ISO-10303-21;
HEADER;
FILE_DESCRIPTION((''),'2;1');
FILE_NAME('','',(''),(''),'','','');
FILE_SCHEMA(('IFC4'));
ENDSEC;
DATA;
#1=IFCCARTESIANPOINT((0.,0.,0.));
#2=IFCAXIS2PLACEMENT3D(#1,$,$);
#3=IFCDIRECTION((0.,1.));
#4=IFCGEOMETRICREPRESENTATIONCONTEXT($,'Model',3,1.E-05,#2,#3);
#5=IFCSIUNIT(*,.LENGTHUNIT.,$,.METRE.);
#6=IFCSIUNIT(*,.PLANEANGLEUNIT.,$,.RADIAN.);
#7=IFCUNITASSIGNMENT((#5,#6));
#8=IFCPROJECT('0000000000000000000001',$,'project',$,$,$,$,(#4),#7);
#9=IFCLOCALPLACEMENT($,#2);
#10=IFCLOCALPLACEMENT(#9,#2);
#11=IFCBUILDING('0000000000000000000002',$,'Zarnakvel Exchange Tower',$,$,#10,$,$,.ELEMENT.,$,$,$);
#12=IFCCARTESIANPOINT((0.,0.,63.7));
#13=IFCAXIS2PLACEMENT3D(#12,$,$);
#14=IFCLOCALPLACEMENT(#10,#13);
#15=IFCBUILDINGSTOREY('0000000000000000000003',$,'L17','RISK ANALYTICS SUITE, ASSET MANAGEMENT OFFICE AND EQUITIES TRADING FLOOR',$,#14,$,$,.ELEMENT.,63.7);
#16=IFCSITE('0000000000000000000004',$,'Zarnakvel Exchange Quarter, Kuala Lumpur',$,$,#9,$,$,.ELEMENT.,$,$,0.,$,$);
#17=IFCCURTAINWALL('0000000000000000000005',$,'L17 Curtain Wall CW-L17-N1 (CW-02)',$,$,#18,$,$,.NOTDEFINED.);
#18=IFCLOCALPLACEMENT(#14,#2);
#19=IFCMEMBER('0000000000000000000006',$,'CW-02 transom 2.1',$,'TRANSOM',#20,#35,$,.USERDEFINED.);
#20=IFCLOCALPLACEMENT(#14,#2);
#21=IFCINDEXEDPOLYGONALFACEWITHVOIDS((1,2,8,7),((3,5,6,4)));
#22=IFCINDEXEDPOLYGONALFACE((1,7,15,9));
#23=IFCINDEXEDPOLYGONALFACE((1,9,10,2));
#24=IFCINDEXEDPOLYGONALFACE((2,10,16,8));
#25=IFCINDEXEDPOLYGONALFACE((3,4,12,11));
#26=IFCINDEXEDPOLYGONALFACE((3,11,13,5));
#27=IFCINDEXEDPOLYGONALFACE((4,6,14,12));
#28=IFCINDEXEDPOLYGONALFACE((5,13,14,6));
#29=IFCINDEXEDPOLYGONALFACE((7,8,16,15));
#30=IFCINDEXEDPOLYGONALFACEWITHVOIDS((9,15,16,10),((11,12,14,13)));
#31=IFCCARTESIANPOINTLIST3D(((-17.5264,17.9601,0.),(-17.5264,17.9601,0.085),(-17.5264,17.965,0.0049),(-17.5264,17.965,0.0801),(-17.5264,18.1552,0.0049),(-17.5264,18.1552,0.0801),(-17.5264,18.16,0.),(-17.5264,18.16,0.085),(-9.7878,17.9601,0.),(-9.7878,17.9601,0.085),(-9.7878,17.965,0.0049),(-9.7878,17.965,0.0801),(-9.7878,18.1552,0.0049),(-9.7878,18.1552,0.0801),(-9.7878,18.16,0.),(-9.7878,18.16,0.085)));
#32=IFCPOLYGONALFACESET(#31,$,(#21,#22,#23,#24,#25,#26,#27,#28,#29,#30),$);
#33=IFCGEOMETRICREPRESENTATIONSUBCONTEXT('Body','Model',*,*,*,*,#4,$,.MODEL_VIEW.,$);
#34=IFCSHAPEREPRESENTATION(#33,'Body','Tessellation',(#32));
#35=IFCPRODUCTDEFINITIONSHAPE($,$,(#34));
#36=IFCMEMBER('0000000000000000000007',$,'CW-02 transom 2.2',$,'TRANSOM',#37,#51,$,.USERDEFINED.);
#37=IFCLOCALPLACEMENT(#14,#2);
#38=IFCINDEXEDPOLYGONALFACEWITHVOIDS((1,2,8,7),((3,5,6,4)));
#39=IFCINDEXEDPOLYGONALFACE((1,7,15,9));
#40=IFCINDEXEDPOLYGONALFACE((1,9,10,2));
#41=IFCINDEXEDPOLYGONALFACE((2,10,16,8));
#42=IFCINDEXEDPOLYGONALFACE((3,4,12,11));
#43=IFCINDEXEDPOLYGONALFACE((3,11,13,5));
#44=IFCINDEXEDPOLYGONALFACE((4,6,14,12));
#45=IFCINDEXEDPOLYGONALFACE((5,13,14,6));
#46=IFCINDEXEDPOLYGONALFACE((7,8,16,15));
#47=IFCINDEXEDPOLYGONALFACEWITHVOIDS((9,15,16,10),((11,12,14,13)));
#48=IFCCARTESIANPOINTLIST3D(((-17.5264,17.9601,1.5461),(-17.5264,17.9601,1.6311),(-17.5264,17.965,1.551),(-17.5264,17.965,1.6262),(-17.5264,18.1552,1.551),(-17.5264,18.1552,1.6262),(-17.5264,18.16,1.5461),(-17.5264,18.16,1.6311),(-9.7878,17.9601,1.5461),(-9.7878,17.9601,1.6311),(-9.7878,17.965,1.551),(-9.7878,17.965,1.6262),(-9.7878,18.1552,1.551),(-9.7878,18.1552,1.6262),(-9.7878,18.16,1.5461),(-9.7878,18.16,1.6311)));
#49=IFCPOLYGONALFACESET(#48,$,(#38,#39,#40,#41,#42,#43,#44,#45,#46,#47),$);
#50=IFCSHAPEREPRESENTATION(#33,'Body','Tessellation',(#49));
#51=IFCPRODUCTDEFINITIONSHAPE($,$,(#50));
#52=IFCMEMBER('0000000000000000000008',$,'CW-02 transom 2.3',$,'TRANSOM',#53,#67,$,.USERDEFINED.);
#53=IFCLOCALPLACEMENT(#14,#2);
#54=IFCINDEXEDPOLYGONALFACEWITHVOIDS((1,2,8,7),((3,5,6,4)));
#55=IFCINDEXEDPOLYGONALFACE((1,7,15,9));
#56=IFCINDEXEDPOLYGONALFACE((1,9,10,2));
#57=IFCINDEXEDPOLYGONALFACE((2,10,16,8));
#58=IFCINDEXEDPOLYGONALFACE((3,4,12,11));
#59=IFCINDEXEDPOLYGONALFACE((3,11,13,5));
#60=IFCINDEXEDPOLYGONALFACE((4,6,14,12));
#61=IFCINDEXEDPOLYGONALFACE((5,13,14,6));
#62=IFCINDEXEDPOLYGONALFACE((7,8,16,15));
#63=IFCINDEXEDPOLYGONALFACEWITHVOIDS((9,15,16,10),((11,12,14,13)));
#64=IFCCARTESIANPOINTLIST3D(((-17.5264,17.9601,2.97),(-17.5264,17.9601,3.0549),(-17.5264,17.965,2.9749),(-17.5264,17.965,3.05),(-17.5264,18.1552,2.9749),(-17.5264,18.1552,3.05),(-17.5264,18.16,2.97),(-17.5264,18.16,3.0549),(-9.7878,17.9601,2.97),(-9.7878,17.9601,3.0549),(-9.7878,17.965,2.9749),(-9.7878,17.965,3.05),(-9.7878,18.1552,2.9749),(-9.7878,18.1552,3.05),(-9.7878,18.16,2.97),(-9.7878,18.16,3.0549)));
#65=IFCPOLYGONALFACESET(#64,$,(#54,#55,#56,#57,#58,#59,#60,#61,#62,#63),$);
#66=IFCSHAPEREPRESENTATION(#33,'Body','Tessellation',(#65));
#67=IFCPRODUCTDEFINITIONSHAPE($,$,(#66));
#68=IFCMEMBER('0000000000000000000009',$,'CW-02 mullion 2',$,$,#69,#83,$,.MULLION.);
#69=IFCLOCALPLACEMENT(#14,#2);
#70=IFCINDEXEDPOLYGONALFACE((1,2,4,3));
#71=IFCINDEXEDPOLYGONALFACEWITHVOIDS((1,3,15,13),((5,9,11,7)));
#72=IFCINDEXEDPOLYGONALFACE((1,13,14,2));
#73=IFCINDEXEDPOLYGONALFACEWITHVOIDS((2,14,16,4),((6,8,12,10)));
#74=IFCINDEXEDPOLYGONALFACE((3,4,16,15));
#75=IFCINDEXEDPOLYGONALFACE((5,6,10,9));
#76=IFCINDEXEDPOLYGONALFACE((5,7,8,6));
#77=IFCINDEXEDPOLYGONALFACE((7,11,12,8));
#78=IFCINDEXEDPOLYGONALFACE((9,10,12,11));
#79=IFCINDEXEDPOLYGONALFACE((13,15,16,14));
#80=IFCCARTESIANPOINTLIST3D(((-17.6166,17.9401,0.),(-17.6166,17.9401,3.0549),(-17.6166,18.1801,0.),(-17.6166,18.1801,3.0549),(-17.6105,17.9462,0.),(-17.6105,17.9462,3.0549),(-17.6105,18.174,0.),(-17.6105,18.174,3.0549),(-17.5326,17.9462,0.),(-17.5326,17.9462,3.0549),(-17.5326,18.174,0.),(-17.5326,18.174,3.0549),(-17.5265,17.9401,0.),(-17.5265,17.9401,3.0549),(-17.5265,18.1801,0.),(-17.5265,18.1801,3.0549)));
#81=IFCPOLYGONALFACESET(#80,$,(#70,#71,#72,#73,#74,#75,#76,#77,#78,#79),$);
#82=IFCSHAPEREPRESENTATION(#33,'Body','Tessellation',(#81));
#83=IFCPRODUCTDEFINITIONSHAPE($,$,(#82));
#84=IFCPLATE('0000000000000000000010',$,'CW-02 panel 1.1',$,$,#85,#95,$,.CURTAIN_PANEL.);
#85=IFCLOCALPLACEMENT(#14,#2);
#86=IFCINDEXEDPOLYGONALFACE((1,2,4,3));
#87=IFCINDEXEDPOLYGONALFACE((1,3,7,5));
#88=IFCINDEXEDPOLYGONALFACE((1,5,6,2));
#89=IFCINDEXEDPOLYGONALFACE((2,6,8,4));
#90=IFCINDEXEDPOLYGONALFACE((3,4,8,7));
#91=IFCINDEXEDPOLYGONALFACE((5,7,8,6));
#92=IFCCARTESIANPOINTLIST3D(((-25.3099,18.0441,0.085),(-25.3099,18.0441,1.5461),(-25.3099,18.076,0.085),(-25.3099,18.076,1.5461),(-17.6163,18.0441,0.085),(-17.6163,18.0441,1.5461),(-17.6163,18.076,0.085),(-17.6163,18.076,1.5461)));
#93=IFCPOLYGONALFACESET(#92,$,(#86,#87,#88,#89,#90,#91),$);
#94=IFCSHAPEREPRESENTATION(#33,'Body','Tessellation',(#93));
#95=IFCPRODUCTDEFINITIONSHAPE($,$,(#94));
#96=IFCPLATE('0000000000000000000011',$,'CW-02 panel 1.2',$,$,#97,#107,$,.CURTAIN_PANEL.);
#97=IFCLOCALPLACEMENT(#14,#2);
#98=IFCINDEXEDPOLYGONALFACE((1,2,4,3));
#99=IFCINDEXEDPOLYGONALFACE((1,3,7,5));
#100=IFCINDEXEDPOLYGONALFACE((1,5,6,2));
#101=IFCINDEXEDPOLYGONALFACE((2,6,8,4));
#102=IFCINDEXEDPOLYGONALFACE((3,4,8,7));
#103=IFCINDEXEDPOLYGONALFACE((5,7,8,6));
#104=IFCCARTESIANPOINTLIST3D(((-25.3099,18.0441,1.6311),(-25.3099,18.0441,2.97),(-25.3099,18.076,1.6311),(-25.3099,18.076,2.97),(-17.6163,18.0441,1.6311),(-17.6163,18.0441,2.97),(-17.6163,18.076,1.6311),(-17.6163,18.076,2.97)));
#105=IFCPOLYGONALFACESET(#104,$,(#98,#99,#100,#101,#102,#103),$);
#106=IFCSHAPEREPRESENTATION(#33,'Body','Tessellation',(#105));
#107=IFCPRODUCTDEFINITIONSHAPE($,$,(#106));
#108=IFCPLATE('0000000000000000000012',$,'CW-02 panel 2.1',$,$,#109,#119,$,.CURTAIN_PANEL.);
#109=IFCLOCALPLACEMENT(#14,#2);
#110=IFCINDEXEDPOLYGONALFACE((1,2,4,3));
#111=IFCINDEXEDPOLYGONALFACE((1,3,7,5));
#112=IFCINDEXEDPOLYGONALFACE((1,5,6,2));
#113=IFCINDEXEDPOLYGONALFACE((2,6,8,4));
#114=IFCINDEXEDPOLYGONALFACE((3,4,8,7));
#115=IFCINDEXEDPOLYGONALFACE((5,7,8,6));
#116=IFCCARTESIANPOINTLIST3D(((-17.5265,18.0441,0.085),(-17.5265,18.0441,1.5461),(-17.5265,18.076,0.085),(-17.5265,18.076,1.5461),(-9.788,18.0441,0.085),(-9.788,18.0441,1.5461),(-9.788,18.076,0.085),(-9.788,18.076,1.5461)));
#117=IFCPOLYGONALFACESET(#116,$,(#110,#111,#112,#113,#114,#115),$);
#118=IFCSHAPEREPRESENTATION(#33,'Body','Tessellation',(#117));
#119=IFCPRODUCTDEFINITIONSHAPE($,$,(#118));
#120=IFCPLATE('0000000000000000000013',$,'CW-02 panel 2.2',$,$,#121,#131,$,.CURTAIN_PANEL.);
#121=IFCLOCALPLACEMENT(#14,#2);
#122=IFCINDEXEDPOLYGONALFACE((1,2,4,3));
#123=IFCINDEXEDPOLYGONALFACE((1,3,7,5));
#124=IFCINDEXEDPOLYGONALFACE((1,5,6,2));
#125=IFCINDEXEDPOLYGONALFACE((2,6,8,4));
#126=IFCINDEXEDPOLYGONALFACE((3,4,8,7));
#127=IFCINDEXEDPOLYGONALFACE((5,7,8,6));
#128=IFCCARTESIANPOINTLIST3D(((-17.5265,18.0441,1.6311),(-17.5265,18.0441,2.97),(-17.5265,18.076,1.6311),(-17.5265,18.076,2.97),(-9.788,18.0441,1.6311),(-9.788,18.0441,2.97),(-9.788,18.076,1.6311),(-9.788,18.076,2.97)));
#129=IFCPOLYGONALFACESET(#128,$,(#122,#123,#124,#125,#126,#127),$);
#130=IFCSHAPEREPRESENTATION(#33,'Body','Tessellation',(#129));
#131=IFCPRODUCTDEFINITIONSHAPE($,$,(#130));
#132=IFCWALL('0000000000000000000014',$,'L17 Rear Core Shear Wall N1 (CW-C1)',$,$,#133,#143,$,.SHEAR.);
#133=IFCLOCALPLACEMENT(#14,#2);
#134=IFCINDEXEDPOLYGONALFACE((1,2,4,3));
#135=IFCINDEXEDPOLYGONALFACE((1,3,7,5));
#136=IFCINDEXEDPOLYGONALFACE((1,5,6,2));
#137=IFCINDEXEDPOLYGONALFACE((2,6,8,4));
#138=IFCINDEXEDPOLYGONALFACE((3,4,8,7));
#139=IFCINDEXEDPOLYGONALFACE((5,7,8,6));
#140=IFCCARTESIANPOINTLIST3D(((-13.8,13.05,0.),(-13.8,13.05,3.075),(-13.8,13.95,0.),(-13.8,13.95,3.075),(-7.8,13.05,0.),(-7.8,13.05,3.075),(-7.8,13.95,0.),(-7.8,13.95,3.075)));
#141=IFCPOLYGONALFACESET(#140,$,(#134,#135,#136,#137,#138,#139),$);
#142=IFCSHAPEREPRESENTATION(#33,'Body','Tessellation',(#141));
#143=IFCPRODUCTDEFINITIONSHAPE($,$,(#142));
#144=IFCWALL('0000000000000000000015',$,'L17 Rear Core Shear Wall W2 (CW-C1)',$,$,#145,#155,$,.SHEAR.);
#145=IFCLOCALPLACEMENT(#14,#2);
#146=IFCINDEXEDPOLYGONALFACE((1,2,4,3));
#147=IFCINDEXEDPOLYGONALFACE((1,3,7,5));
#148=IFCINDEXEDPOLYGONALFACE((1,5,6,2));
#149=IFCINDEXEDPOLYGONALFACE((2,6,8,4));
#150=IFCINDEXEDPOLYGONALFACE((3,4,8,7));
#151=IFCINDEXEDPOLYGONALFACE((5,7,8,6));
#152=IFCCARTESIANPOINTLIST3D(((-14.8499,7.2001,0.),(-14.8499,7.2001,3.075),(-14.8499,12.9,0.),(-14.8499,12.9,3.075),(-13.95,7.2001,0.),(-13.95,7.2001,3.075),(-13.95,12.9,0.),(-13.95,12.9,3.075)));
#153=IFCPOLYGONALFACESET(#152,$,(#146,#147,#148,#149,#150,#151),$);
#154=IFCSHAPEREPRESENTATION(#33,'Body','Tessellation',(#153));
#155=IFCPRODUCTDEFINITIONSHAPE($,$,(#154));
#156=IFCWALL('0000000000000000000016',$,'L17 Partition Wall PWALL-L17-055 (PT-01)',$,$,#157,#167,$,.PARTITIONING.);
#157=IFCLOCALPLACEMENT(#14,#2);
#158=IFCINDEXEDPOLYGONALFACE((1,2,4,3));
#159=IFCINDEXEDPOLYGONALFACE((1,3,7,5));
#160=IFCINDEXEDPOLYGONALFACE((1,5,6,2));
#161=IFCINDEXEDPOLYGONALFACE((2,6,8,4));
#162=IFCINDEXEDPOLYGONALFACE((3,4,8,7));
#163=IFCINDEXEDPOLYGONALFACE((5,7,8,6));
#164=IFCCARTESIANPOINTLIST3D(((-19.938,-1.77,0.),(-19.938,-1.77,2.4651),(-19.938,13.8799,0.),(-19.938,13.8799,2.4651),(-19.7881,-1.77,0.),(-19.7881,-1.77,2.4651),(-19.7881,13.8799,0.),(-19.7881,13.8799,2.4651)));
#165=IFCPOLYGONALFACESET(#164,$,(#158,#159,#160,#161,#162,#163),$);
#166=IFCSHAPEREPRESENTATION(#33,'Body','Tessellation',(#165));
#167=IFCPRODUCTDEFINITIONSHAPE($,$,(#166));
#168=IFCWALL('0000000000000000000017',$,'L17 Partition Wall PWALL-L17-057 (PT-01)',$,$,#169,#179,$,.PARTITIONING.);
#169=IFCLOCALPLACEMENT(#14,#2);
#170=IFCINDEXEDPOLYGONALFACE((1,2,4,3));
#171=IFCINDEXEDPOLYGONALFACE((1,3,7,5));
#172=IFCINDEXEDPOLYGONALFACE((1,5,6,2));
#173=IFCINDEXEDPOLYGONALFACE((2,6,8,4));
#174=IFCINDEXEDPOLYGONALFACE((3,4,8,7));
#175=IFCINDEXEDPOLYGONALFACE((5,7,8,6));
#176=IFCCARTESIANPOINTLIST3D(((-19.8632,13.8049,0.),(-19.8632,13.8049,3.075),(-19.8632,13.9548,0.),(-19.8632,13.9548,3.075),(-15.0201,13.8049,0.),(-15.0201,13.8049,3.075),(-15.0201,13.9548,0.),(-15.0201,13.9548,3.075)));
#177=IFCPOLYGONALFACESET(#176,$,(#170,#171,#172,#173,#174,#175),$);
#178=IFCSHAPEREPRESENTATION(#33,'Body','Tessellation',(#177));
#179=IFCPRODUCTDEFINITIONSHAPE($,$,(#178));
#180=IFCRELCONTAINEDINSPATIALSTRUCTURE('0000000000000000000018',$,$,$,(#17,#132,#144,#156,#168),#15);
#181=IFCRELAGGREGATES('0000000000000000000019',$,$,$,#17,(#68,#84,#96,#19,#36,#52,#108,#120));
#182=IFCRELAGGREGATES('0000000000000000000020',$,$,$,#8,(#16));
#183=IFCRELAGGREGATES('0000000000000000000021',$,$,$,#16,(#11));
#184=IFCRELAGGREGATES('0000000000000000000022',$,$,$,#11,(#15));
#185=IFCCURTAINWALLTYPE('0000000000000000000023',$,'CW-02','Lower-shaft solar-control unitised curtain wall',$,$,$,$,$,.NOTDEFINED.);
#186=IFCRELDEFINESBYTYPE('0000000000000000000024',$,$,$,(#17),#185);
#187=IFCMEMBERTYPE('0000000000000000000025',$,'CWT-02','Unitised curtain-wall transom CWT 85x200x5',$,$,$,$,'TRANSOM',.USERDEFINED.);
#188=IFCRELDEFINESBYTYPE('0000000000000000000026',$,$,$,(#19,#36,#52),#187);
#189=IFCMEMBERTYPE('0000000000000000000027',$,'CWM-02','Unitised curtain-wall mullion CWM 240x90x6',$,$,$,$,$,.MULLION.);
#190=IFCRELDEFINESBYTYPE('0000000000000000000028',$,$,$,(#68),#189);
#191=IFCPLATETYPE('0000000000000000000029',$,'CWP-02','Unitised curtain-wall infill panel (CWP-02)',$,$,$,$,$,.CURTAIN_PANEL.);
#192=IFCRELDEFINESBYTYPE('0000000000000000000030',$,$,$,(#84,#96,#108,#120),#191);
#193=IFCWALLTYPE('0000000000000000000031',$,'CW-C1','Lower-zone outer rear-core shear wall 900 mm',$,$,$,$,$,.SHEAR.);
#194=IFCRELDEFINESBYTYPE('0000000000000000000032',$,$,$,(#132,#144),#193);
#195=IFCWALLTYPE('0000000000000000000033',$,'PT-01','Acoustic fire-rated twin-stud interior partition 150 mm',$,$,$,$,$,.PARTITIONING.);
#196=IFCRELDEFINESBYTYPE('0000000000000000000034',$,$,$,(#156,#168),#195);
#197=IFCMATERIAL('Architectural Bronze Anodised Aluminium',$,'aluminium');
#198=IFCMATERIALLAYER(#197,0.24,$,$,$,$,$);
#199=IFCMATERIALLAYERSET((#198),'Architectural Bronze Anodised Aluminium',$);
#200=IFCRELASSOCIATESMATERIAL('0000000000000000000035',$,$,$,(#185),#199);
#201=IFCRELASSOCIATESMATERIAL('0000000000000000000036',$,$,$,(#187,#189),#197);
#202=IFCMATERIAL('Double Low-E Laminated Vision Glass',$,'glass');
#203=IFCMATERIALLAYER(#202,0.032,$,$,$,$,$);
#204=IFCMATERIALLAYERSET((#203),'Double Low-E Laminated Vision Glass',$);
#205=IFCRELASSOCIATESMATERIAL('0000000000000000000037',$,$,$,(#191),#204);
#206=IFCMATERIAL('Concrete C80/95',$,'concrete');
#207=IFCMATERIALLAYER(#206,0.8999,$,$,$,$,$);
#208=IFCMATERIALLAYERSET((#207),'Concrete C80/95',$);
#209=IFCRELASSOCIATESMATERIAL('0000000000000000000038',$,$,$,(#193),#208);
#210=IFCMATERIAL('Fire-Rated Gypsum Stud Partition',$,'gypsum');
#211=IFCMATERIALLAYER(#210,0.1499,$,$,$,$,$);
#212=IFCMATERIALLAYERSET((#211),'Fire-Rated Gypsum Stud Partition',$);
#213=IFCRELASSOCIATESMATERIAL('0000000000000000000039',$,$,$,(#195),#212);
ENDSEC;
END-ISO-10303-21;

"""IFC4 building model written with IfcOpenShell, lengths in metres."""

from ifc_helpers import new_model, si_unit, direction, frame, frame_2d, origin, origin_2d, place, context, subcontext, project, spatial, rectangle, hollow_rectangle, extrude, source, transform, mapped, material, layer, layer_set, material_profile, profile_set, type_object, element, aggregate, save


model = new_model("IFC4")

# Units and contexts
model_context = context("Model", 3, precision=1e-05, world=origin(), true_north=direction((0.0, 1.0)))
body_context = subcontext(model_context, "Body", "Model", "MODEL_VIEW")
ifc_project = project(units=[si_unit("LENGTHUNIT", "METRE"), si_unit("PLANEANGLEUNIT", "RADIAN")], contexts=[model_context])

# Site, building, storey
site_placement = place(None, origin())
site = spatial("IfcSite", under=ifc_project, at=site_placement, Name="Zarnakvel Exchange Quarter, Kuala Lumpur", CompositionType="ELEMENT", RefElevation=0.0)
building_placement = place(site_placement, origin())
building = spatial("IfcBuilding", under=site, at=building_placement, Name="Zarnakvel Exchange Tower", CompositionType="ELEMENT")
storey_placement = place(building_placement, frame((0.0, 0.0, 63.7)))
storey = spatial("IfcBuildingStorey", under=building, at=storey_placement, Name="L17", Description="RISK ANALYTICS SUITE, ASSET MANAGEMENT OFFICE AND EQUITIES TRADING FLOOR", CompositionType="ELEMENT", Elevation=63.7)

# Shared definitions
ifc_material_1 = material(Name="Concrete C80/95", Category="concrete")

# Curtain wall, members, plates
ifc_material_2 = material(Name="Architectural Bronze Anodised Aluminium", Category="aluminium")
ifc_layer_1 = layer(ifc_material_2, 0.24)
ifc_layer_set_1 = layer_set([ifc_layer_1], Name="Architectural Bronze Anodised Aluminium")
curtain_wall_type = type_object("IfcCurtainWallType", Name="CW-02", Description="Lower-shaft solar-control unitised curtain wall", PredefinedType="NOTDEFINED", material=ifc_layer_set_1)
curtain_wall_placement = place(storey_placement, origin())
curtain_wall = element("IfcCurtainWall", 1, at=curtain_wall_placement, inside=storey, type_object=curtain_wall_type, Name="L17 Curtain Wall CW-L17-N1 (CW-02)", PredefinedType="NOTDEFINED")
ifc_material_profile_1 = material_profile(ifc_material_2, hollow_rectangle(XDim=0.2, YDim=0.085, WallThickness=0.0049, at=origin_2d()))
ifc_profile_set_1 = profile_set([ifc_material_profile_1], Name="Architectural Bronze Anodised Aluminium")
member_type_1 = type_object("IfcMemberType", Name="CWT-02", Description="Unitised curtain-wall transom CWT 85x200x5", ElementType="TRANSOM", PredefinedType="USERDEFINED", material=ifc_profile_set_1)
shared_shape_1 = source(origin(), body_context, "Body", "SweptSolid", [
    extrude(hollow_rectangle(XDim=0.2, YDim=0.085, WallThickness=0.0049, at=origin_2d()), origin(), (0.0, 0.0, 1.0), 7.7385),
])
member_1_placement = place(storey_placement, frame((-17.5264, 18.0601, 0.0425), z_axis=(1.0, 0.0, 0.0), x_axis=(0.0, 1.0, 0.0)))
member_1 = element("IfcMember", 2, at=member_1_placement, type_object=member_type_1, Name="CW-02 transom 2.1", ObjectType="TRANSOM", PredefinedType="USERDEFINED", context=body_context, shape_type="MappedRepresentation", body=[
    mapped(shared_shape_1, transform((0.0, 0.0, 0.0), x_axis=(1.0, 0.0, 0.0), y_axis=(0.0, 1.0, 0.0), z_axis=(0.0, 0.0, 1.0), scale=1.0)),
])
member_2_placement = place(storey_placement, frame((-17.5264, 18.0601, 1.5886), z_axis=(1.0, 0.0, 0.0), x_axis=(0.0, 1.0, 0.0)))
member_2 = element("IfcMember", 3, at=member_2_placement, type_object=member_type_1, Name="CW-02 transom 2.2", ObjectType="TRANSOM", PredefinedType="USERDEFINED", context=body_context, shape_type="MappedRepresentation", body=[
    mapped(shared_shape_1, transform((0.0, 0.0, 0.0), x_axis=(1.0, 0.0, 0.0), y_axis=(0.0, 1.0, 0.0), z_axis=(0.0, 0.0, 1.0), scale=1.0)),
])
member_3_placement = place(storey_placement, frame((-17.5264, 18.0601, 3.0125), z_axis=(1.0, 0.0, 0.0), x_axis=(0.0, 1.0, 0.0)))
member_3 = element("IfcMember", 4, at=member_3_placement, type_object=member_type_1, Name="CW-02 transom 2.3", ObjectType="TRANSOM", PredefinedType="USERDEFINED", context=body_context, shape_type="MappedRepresentation", body=[
    mapped(shared_shape_1, transform((0.0, 0.0, 0.0), x_axis=(1.0, 0.0, 0.0), y_axis=(0.0, 1.0, 0.0), z_axis=(0.0, 0.0, 1.0), scale=1.0)),
])
ifc_material_profile_2 = material_profile(ifc_material_2, hollow_rectangle(XDim=0.24, YDim=0.0901, WallThickness=0.0061, at=origin_2d()))
ifc_profile_set_2 = profile_set([ifc_material_profile_2], Name="Architectural Bronze Anodised Aluminium")
member_type_2 = type_object("IfcMemberType", Name="CWM-02", Description="Unitised curtain-wall mullion CWM 240x90x6", PredefinedType="MULLION", material=ifc_profile_set_2)
shared_shape_2 = source(origin(), body_context, "Body", "SweptSolid", [
    extrude(hollow_rectangle(XDim=0.24, YDim=0.0901, WallThickness=0.0061, at=origin_2d()), origin(), (0.0, 0.0, 1.0), 3.0549),
])
member_4_placement = place(storey_placement, frame((-17.5715, 18.0601, 0.0), z_axis=(0.0, 0.0, 1.0), x_axis=(0.0, 1.0, 0.0)))
member_4 = element("IfcMember", 5, at=member_4_placement, type_object=member_type_2, Name="CW-02 mullion 2", PredefinedType="MULLION", context=body_context, shape_type="MappedRepresentation", body=[
    mapped(shared_shape_2, transform((0.0, 0.0, 0.0), x_axis=(1.0, 0.0, 0.0), y_axis=(0.0, 1.0, 0.0), z_axis=(0.0, 0.0, 1.0), scale=1.0)),
])
ifc_material_3 = material(Name="Double Low-E Laminated Vision Glass", Category="glass")
ifc_layer_2 = layer(ifc_material_3, 0.032)
ifc_layer_set_2 = layer_set([ifc_layer_2], Name="Double Low-E Laminated Vision Glass")
plate_type = type_object("IfcPlateType", Name="CWP-02", Description="Unitised curtain-wall infill panel (CWP-02)", PredefinedType="CURTAIN_PANEL", material=ifc_layer_set_2)
shared_shape_3 = source(origin(), body_context, "Body", "SweptSolid", [
    extrude(rectangle(XDim=7.6936, YDim=0.032, at=origin_2d()), origin(), (0.0, 0.0, 1.0), 1.4612),
])
plate_1_placement = place(storey_placement, frame((-21.4631, 18.0601, 0.085), z_axis=(0.0, 0.0, 1.0), x_axis=(1.0, 0.0, 0.0)))
plate_1 = element("IfcPlate", 6, at=plate_1_placement, type_object=plate_type, Name="CW-02 panel 1.1", PredefinedType="CURTAIN_PANEL", context=body_context, shape_type="MappedRepresentation", body=[
    mapped(shared_shape_3, transform((0.0, 0.0, 0.0), x_axis=(1.0, 0.0, 0.0), y_axis=(0.0, 1.0, 0.0), z_axis=(0.0, 0.0, 1.0), scale=1.0)),
])
shared_shape_4 = source(origin(), body_context, "Body", "SweptSolid", [
    extrude(rectangle(XDim=7.6936, YDim=0.032, at=origin_2d()), origin(), (0.0, 0.0, 1.0), 1.3389),
])
plate_2_placement = place(storey_placement, frame((-21.4631, 18.0601, 1.6311), z_axis=(0.0, 0.0, 1.0), x_axis=(1.0, 0.0, 0.0)))
plate_2 = element("IfcPlate", 7, at=plate_2_placement, type_object=plate_type, Name="CW-02 panel 1.2", PredefinedType="CURTAIN_PANEL", context=body_context, shape_type="MappedRepresentation", body=[
    mapped(shared_shape_4, transform((0.0, 0.0, 0.0), x_axis=(1.0, 0.0, 0.0), y_axis=(0.0, 1.0, 0.0), z_axis=(0.0, 0.0, 1.0), scale=1.0)),
])
shared_shape_5 = source(origin(), body_context, "Body", "SweptSolid", [
    extrude(rectangle(XDim=7.7385, YDim=0.032, at=origin_2d()), origin(), (0.0, 0.0, 1.0), 1.4612),
])
plate_3_placement = place(storey_placement, frame((-13.6572, 18.0601, 0.085), z_axis=(0.0, 0.0, 1.0), x_axis=(1.0, 0.0, 0.0)))
plate_3 = element("IfcPlate", 8, at=plate_3_placement, type_object=plate_type, Name="CW-02 panel 2.1", PredefinedType="CURTAIN_PANEL", context=body_context, shape_type="MappedRepresentation", body=[
    mapped(shared_shape_5, transform((0.0, 0.0, 0.0), x_axis=(1.0, 0.0, 0.0), y_axis=(0.0, 1.0, 0.0), z_axis=(0.0, 0.0, 1.0), scale=1.0)),
])
shared_shape_6 = source(origin(), body_context, "Body", "SweptSolid", [
    extrude(rectangle(XDim=7.7385, YDim=0.032, at=origin_2d()), origin(), (0.0, 0.0, 1.0), 1.3389),
])
plate_4_placement = place(storey_placement, frame((-13.6572, 18.0601, 1.6311), z_axis=(0.0, 0.0, 1.0), x_axis=(1.0, 0.0, 0.0)))
plate_4 = element("IfcPlate", 9, at=plate_4_placement, type_object=plate_type, Name="CW-02 panel 2.2", PredefinedType="CURTAIN_PANEL", context=body_context, shape_type="MappedRepresentation", body=[
    mapped(shared_shape_6, transform((0.0, 0.0, 0.0), x_axis=(1.0, 0.0, 0.0), y_axis=(0.0, 1.0, 0.0), z_axis=(0.0, 0.0, 1.0), scale=1.0)),
])
aggregate(curtain_wall, [member_4, plate_1, plate_2, member_1, member_2, member_3, plate_3, plate_4])

# Walls
ifc_layer_3 = layer(ifc_material_1, 0.8999)
ifc_layer_set_3 = layer_set([ifc_layer_3], Name="Concrete C80/95")
wall_type_1 = type_object("IfcWallType", Name="CW-C1", Description="Lower-zone outer rear-core shear wall 900 mm", PredefinedType="SHEAR", material=ifc_layer_set_3)
wall_1_placement = place(storey_placement, frame((-13.8, 13.5, 0.0), z_axis=(0.0, 0.0, 1.0), x_axis=(1.0, 0.0, 0.0)))
element("IfcWall", 10, at=wall_1_placement, inside=storey, type_object=wall_type_1, Name="L17 Rear Core Shear Wall N1 (CW-C1)", PredefinedType="SHEAR", context=body_context, shape_type="SweptSolid", body=[
    extrude(rectangle(XDim=6.0, YDim=0.8999, at=frame_2d((3.0, 0.0))), origin(), (0.0, 0.0, 1.0), 3.075),
])
wall_2_placement = place(storey_placement, frame((-14.3999, 7.2, 0.0), z_axis=(0.0, 0.0, 1.0), x_axis=(0.0, 1.0, 0.0)))
element("IfcWall", 11, at=wall_2_placement, inside=storey, type_object=wall_type_1, Name="L17 Rear Core Shear Wall W2 (CW-C1)", PredefinedType="SHEAR", context=body_context, shape_type="SweptSolid", body=[
    extrude(rectangle(XDim=5.7, YDim=0.8999, at=frame_2d((2.8501, 0.0))), origin(), (0.0, 0.0, 1.0), 3.075),
])
ifc_material_4 = material(Name="Fire-Rated Gypsum Stud Partition", Category="gypsum")
ifc_layer_4 = layer(ifc_material_4, 0.1499)
ifc_layer_set_4 = layer_set([ifc_layer_4], Name="Fire-Rated Gypsum Stud Partition")
wall_type_2 = type_object("IfcWallType", Name="PT-01", Description="Acoustic fire-rated twin-stud interior partition 150 mm", PredefinedType="PARTITIONING", material=ifc_layer_set_4)
wall_3_placement = place(storey_placement, frame((-19.863, 13.8799, 0.0), z_axis=(0.0, 0.0, 1.0), x_axis=(0.0, -1.0, 0.0)))
element("IfcWall", 12, at=wall_3_placement, inside=storey, type_object=wall_type_2, Name="L17 Partition Wall PWALL-L17-055 (PT-01)", PredefinedType="PARTITIONING", context=body_context, shape_type="SweptSolid", body=[
    extrude(rectangle(XDim=15.6499, YDim=0.1499, at=frame_2d((7.825, 0.0))), origin(), (0.0, 0.0, 1.0), 2.4651),
])
wall_4_placement = place(storey_placement, frame((-19.863, 13.8799, 0.0), z_axis=(0.0, 0.0, 1.0), x_axis=(1.0, 0.0, 0.0)))
element("IfcWall", 13, at=wall_4_placement, inside=storey, type_object=wall_type_2, Name="L17 Partition Wall PWALL-L17-057 (PT-01)", PredefinedType="PARTITIONING", context=body_context, shape_type="SweptSolid", body=[
    extrude(rectangle(XDim=4.843, YDim=0.1499, at=frame_2d((2.4214, 0.0))), origin(), (0.0, 0.0, 1.0), 3.075),
])

save(model, "model.ifc")
